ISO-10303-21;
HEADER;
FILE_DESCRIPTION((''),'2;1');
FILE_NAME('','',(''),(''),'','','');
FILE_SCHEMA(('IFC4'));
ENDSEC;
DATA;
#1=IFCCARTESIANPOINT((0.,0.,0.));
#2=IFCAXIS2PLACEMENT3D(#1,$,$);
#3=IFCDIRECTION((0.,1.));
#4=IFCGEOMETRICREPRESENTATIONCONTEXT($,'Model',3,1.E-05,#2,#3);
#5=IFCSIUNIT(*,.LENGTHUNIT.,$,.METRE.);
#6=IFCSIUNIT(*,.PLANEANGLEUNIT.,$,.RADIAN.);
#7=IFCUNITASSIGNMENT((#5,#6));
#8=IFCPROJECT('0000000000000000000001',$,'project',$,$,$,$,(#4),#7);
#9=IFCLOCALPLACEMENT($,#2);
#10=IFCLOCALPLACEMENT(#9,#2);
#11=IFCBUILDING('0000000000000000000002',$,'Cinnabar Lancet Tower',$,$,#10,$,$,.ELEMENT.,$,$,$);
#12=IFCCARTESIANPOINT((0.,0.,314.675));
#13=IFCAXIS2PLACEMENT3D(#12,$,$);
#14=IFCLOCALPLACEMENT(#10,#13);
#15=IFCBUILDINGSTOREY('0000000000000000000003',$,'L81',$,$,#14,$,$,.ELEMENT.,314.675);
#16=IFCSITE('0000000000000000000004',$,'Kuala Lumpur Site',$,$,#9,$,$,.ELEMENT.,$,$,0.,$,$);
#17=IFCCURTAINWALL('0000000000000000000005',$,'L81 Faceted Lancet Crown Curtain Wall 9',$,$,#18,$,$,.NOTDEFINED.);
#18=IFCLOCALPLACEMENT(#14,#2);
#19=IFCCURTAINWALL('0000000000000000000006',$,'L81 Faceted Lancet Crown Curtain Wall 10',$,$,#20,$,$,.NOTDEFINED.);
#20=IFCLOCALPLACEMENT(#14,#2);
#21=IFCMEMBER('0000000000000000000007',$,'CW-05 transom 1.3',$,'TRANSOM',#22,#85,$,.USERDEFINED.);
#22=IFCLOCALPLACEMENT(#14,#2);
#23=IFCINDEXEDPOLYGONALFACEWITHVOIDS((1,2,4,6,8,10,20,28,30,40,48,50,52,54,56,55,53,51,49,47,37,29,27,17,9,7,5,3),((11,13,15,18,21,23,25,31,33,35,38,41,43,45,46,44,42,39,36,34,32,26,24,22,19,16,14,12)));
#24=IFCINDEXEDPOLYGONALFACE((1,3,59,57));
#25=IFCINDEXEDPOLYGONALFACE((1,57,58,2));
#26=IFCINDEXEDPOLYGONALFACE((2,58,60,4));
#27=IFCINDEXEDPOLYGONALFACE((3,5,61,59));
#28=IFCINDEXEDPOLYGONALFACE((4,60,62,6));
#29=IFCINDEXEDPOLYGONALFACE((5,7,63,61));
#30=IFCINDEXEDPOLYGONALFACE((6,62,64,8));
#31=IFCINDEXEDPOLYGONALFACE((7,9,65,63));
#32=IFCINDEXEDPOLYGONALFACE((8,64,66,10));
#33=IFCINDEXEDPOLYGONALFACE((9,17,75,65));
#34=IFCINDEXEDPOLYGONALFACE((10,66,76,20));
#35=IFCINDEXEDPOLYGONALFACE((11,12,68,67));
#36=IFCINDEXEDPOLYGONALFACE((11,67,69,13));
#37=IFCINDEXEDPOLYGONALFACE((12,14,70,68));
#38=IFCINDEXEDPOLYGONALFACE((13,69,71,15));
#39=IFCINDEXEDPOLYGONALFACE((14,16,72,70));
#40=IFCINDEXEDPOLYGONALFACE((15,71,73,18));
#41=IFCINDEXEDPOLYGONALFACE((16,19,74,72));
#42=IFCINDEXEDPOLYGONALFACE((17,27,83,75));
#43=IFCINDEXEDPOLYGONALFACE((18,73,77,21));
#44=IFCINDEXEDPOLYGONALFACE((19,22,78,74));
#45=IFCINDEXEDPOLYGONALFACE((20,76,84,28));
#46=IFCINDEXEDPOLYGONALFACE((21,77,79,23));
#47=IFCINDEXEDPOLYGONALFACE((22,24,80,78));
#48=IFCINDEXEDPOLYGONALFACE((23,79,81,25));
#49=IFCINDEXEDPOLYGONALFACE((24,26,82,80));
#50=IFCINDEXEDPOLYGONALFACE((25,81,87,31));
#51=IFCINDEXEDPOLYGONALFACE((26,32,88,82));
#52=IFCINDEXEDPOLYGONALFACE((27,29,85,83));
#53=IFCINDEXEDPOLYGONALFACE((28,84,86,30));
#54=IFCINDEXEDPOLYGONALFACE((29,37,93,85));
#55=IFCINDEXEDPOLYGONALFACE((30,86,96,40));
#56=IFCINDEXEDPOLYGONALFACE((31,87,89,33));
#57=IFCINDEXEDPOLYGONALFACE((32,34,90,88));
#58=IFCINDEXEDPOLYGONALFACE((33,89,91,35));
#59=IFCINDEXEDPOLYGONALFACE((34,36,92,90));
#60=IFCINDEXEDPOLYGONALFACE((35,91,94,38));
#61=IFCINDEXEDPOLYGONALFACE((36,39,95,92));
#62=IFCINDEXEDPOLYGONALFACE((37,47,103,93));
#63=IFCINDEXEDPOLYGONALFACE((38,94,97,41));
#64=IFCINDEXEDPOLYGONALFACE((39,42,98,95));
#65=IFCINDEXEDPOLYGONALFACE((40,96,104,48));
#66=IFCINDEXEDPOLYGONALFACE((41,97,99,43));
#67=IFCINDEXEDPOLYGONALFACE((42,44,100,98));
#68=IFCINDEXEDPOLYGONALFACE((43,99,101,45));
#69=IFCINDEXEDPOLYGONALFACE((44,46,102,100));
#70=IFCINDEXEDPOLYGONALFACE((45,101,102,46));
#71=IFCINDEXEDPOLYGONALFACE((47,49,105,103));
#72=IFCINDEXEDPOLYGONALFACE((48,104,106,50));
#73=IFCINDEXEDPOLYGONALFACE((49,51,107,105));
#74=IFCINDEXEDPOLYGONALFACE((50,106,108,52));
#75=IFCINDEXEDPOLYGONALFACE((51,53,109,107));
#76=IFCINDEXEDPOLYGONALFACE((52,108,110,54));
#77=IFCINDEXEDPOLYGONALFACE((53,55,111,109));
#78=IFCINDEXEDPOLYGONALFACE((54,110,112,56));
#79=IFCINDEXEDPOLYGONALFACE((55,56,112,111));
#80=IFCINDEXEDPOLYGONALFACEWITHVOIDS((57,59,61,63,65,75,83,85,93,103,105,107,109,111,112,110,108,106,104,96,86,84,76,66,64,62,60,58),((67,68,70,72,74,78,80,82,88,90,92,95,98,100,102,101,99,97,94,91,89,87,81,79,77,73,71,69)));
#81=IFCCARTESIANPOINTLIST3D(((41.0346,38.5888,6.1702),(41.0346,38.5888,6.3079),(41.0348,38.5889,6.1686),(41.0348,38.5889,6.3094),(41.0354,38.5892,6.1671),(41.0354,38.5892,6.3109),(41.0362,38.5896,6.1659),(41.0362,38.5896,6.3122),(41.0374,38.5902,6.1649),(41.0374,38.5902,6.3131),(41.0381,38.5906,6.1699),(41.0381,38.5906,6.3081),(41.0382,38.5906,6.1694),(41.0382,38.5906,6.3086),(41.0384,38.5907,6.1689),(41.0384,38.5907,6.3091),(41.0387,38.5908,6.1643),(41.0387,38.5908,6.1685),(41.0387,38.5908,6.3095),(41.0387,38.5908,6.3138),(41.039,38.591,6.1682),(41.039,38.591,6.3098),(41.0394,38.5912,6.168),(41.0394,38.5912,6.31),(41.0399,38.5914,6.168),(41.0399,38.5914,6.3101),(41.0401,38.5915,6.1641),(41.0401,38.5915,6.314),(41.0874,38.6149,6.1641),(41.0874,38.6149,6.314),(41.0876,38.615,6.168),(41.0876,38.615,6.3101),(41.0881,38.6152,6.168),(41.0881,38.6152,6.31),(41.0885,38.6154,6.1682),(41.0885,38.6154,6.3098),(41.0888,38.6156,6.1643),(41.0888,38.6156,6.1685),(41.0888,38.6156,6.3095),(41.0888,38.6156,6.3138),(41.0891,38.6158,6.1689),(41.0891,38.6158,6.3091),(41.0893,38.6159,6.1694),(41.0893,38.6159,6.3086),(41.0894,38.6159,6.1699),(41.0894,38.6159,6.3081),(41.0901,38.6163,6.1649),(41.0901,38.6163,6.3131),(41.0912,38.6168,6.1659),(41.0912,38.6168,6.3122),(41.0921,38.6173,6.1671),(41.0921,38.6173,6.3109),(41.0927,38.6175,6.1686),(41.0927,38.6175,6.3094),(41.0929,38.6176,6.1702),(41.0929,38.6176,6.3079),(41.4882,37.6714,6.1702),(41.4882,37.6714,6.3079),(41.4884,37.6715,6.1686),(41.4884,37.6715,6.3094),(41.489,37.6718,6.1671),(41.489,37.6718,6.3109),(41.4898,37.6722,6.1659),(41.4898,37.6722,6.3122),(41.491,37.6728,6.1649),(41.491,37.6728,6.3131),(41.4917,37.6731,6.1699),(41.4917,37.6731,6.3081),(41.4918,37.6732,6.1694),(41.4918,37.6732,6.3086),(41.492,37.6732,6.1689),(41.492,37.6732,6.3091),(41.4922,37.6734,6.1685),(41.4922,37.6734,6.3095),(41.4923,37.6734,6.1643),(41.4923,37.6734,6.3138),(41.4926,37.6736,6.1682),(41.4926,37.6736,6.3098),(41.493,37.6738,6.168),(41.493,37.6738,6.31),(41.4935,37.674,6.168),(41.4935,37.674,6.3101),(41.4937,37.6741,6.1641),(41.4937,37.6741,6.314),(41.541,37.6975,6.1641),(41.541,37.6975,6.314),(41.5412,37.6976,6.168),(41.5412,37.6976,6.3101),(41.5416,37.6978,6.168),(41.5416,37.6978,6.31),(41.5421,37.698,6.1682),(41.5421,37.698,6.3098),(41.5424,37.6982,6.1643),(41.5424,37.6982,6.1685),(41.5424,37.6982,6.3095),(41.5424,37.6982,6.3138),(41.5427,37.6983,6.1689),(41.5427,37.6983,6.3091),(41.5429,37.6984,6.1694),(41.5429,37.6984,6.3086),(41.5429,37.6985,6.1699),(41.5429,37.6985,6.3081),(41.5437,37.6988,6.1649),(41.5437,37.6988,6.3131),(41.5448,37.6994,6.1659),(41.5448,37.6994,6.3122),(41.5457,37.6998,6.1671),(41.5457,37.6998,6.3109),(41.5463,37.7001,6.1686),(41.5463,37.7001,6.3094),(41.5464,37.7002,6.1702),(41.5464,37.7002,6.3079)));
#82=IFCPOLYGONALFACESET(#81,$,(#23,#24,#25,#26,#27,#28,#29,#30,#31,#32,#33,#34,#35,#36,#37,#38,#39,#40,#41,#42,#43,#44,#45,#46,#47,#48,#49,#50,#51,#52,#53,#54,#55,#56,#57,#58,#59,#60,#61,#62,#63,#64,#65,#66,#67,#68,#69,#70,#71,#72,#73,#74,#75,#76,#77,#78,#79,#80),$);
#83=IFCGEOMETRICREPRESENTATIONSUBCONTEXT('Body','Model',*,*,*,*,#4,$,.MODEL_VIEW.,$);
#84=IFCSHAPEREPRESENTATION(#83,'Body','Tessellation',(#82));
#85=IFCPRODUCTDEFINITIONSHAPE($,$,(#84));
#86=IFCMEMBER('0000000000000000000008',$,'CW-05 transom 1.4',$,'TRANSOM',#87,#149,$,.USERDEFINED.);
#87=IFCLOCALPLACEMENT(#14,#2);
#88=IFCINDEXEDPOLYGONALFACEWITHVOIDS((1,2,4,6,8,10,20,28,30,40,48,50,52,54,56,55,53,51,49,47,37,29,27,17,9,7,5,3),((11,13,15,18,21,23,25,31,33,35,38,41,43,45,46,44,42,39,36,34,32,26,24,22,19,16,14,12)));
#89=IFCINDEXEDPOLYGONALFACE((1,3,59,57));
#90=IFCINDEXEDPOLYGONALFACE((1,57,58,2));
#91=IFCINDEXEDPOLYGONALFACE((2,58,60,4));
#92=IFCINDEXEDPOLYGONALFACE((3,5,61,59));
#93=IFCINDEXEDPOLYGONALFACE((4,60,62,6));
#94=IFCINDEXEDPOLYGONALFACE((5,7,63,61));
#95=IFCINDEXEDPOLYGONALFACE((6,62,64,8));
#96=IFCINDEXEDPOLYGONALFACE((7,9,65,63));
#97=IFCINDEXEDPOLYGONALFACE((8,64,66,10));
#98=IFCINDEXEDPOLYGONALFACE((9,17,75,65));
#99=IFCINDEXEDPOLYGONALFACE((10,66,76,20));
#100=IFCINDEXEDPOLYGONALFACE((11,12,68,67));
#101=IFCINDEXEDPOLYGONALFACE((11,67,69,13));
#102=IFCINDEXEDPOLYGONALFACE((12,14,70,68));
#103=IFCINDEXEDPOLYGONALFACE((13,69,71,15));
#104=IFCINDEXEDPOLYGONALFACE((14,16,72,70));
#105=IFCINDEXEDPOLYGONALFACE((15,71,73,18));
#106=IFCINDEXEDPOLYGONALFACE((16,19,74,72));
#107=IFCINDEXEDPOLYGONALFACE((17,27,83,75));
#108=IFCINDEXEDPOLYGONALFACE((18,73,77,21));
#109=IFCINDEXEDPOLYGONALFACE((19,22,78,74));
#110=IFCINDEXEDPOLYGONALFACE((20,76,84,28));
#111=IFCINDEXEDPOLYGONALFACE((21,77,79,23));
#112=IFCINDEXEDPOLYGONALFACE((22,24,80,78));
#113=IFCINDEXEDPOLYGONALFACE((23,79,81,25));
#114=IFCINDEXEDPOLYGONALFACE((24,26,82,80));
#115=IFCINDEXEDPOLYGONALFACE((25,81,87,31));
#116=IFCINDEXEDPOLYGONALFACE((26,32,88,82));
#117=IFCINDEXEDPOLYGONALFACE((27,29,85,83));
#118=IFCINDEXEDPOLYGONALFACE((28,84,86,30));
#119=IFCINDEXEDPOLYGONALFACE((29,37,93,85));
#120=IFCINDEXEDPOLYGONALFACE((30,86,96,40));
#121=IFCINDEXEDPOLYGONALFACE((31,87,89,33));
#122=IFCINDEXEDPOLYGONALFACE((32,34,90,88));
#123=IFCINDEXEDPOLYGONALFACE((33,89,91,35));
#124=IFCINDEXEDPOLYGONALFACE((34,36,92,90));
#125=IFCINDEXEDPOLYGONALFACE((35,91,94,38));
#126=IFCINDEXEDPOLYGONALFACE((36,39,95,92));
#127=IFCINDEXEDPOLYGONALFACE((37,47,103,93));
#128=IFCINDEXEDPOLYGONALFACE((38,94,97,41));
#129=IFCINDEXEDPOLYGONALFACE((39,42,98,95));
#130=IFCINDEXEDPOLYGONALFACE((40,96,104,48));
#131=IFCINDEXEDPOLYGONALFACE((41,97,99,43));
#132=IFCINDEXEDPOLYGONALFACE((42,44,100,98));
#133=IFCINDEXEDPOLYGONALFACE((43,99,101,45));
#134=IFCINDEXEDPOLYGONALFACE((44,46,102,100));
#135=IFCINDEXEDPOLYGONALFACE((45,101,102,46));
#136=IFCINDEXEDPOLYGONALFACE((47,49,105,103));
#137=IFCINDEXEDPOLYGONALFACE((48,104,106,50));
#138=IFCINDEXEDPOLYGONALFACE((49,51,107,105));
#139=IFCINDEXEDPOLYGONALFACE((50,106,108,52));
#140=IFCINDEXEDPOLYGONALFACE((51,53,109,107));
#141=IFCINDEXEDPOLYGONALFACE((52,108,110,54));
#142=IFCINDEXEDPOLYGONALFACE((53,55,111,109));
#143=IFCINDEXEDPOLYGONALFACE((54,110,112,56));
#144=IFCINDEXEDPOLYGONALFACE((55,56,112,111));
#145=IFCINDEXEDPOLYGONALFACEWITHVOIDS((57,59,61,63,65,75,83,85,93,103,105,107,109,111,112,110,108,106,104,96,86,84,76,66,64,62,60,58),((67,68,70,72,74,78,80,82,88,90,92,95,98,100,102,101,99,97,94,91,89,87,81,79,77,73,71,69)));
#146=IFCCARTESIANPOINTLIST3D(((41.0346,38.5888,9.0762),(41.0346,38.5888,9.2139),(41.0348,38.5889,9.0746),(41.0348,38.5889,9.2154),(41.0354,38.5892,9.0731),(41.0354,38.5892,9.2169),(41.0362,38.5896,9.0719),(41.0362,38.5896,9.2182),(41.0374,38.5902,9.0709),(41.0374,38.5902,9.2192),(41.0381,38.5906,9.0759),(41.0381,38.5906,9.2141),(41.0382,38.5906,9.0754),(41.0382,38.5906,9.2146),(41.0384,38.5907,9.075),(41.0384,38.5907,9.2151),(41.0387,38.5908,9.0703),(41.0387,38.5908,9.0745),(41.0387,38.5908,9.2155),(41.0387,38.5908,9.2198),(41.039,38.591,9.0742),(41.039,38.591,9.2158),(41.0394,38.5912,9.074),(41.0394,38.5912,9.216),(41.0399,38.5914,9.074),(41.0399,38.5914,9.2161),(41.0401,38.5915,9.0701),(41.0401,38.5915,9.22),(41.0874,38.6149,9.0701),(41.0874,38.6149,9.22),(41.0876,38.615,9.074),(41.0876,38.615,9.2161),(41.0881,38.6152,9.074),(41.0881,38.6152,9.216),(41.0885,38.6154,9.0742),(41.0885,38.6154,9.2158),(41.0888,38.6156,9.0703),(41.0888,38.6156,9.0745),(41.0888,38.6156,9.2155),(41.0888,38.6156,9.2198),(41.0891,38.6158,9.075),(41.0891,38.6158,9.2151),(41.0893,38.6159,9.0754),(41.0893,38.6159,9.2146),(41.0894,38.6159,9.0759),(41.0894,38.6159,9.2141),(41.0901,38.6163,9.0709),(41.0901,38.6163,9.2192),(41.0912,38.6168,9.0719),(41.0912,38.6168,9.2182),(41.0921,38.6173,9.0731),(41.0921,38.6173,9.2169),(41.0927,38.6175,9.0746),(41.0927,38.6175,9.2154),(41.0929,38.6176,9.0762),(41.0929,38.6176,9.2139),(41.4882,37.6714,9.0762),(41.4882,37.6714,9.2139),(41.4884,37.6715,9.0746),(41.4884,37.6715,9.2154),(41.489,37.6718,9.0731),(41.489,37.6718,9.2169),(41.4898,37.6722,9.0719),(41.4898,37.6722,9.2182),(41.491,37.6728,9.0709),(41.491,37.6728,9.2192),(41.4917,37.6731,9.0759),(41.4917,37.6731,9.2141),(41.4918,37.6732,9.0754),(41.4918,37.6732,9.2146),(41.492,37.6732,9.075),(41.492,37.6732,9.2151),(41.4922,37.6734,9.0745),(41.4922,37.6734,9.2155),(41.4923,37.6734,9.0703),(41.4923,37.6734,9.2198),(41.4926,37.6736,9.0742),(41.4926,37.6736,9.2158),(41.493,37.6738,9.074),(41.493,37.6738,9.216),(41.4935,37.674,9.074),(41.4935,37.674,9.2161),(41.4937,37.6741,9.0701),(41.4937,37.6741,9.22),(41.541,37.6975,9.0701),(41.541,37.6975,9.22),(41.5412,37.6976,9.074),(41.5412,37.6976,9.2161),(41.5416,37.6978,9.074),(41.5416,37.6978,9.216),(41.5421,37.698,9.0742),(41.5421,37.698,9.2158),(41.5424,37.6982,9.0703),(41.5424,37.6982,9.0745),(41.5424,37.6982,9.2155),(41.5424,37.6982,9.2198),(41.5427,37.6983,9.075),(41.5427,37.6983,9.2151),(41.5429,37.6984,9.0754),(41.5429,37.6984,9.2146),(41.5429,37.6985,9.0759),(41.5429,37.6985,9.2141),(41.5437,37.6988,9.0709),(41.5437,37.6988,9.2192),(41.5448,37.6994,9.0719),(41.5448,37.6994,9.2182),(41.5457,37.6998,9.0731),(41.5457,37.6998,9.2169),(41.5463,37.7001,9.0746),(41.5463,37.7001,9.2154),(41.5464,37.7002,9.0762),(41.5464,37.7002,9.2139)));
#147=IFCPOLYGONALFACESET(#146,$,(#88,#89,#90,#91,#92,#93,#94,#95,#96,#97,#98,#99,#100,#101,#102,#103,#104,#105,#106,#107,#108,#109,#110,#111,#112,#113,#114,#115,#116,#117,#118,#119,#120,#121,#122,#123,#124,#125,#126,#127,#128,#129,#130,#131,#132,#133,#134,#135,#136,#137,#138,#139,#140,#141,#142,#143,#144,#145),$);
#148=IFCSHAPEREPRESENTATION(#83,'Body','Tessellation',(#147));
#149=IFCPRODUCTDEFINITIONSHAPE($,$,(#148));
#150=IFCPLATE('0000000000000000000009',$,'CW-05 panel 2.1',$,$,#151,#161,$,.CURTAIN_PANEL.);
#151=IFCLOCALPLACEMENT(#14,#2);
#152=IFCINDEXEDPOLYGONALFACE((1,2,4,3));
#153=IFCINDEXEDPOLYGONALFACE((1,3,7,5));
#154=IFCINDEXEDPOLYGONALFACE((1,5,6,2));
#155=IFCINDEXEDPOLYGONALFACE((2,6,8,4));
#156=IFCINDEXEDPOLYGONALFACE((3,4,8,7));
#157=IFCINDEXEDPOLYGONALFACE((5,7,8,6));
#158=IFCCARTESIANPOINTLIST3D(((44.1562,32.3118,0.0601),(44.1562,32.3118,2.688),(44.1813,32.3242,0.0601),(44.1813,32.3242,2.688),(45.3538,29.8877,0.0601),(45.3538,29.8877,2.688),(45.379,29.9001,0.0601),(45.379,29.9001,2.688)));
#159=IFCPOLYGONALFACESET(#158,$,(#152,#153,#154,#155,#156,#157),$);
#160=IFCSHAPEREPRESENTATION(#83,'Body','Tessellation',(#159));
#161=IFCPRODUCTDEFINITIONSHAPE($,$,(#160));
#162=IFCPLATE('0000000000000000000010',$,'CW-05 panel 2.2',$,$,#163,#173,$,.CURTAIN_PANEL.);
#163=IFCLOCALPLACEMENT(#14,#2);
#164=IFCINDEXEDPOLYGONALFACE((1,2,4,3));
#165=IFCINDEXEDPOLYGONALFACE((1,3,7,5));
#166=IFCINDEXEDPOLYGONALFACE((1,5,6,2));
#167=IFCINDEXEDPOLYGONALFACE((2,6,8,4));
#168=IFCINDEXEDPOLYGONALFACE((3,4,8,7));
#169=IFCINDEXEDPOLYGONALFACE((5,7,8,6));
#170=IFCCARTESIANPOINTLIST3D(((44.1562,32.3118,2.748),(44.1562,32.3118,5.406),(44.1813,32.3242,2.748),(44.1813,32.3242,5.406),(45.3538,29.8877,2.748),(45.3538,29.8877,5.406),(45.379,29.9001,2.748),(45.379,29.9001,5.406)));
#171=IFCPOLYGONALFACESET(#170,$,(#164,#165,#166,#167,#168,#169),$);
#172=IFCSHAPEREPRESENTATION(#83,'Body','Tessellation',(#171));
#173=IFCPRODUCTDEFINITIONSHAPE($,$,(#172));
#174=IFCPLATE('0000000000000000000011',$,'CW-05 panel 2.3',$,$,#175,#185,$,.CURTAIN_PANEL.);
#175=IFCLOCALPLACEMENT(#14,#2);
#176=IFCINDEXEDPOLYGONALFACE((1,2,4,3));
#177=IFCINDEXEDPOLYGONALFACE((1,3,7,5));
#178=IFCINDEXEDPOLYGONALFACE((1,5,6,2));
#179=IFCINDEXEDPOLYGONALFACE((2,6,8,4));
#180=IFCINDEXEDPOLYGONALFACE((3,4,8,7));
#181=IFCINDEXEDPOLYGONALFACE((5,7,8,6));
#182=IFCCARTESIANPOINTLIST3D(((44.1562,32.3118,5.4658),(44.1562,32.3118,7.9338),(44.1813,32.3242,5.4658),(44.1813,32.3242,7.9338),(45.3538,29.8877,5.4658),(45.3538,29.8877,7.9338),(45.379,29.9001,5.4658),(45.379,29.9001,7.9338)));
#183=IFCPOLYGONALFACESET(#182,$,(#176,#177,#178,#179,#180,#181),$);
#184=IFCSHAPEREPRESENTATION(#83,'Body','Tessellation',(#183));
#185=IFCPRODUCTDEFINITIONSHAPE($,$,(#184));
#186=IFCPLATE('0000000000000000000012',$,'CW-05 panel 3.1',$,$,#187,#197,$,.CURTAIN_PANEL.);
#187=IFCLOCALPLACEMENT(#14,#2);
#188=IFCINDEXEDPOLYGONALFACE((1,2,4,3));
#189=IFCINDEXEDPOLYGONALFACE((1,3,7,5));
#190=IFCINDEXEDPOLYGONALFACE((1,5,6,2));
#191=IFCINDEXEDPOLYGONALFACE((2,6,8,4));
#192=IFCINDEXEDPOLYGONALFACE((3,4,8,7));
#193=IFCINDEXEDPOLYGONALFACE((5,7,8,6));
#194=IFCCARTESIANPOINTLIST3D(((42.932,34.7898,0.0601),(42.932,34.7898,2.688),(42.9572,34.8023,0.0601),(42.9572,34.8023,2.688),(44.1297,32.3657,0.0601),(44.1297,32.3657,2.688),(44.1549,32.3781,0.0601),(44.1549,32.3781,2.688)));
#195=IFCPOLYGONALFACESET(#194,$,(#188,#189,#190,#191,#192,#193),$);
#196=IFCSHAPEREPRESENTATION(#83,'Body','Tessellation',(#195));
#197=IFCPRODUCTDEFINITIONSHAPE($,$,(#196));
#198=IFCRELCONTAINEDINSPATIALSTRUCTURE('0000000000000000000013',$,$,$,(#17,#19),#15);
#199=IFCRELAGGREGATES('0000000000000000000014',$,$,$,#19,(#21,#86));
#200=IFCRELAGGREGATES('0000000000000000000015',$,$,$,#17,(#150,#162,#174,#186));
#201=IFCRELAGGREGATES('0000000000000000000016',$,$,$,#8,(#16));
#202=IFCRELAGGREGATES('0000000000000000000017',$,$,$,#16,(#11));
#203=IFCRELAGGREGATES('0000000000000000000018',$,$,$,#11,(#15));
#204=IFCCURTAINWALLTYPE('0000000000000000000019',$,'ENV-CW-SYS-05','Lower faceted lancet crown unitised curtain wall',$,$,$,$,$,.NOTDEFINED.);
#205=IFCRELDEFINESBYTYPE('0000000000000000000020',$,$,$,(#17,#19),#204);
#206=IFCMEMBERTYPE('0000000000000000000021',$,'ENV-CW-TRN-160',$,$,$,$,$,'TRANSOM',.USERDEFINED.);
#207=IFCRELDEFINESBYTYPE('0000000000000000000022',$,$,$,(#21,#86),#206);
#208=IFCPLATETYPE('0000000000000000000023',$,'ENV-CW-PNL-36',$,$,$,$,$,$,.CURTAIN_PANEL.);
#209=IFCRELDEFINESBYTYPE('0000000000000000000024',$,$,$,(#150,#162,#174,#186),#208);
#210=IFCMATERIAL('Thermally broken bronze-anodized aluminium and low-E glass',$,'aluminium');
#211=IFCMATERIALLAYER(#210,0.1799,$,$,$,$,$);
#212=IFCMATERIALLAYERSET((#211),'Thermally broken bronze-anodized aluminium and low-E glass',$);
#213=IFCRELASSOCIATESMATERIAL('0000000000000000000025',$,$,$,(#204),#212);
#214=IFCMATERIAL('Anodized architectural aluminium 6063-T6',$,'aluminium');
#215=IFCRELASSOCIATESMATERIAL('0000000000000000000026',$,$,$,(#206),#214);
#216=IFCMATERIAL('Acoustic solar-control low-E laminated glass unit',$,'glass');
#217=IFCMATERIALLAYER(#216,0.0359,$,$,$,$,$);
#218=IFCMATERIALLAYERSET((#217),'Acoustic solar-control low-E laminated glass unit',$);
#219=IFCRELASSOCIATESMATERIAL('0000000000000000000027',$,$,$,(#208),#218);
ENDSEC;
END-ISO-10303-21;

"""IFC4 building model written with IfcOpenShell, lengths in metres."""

from ifc_helpers import new_model, si_unit, direction, frame, origin, origin_2d, place, context, subcontext, project, spatial, rectangle, hollow_rectangle, extrude, material, layer, layer_set, material_profile, profile_set, type_object, element, aggregate, save


model = new_model("IFC4")

# Units and contexts
model_context = context("Model", 3, precision=1e-05, world=origin(), true_north=direction((0.0, 1.0)))
body_context = subcontext(model_context, "Body", "Model", "MODEL_VIEW")
ifc_project = project(units=[si_unit("LENGTHUNIT", "METRE"), si_unit("PLANEANGLEUNIT", "RADIAN")], contexts=[model_context])

# Site, building, storey
site_placement = place(None, origin())
site = spatial("IfcSite", under=ifc_project, at=site_placement, Name="Kuala Lumpur Site", CompositionType="ELEMENT", RefElevation=0.0)
building_placement = place(site_placement, origin())
building = spatial("IfcBuilding", under=site, at=building_placement, Name="Cinnabar Lancet Tower", CompositionType="ELEMENT")
storey_placement = place(building_placement, frame((0.0, 0.0, 314.675)))
storey = spatial("IfcBuildingStorey", under=building, at=storey_placement, Name="L81", CompositionType="ELEMENT", Elevation=314.675)

# Curtain wall
ifc_material_1 = material(Name="Thermally broken bronze-anodized aluminium and low-E glass", Category="aluminium")
ifc_layer_1 = layer(ifc_material_1, 0.1799)
ifc_layer_set_1 = layer_set([ifc_layer_1], Name="Thermally broken bronze-anodized aluminium and low-E glass")
curtain_wall_type = type_object("IfcCurtainWallType", Name="ENV-CW-SYS-05", Description="Lower faceted lancet crown unitised curtain wall", PredefinedType="NOTDEFINED", material=ifc_layer_set_1)
curtain_wall_1_placement = place(storey_placement, origin())
curtain_wall_1 = element("IfcCurtainWall", 1, at=curtain_wall_1_placement, inside=storey, type_object=curtain_wall_type, Name="L81 Faceted Lancet Crown Curtain Wall 9", PredefinedType="NOTDEFINED")

# Curtain wall
curtain_wall_2_placement = place(storey_placement, origin())
curtain_wall_2 = element("IfcCurtainWall", 2, at=curtain_wall_2_placement, inside=storey, type_object=curtain_wall_type, Name="L81 Faceted Lancet Crown Curtain Wall 10", PredefinedType="NOTDEFINED")

# Members
ifc_material_2 = material(Name="Anodized architectural aluminium 6063-T6", Category="aluminium")
ifc_material_profile_1 = material_profile(ifc_material_2, hollow_rectangle(XDim=0.0649, YDim=0.1499, WallThickness=0.0039, InnerFilletRadius=0.002, OuterFilletRadius=0.0061, at=origin_2d()), Name="CW-TRN 150x65x4")
ifc_profile_set_1 = profile_set([ifc_material_profile_1], Name="Anodized architectural aluminium 6063-T6")
member_type_1 = type_object("IfcMemberType", Name="ENV-CW-TRN-160", ElementType="TRANSOM", PredefinedType="USERDEFINED", material=ifc_profile_set_1)
member_1_placement = place(storey_placement, frame((41.5173, 37.6858, 6.239), z_axis=(-0.443202, 0.896422, 0.0), x_axis=(-0.896422, -0.443202, 0.0)))
member_1 = element("IfcMember", 3, at=member_1_placement, type_object=member_type_1, Name="CW-05 transom 1.3", ObjectType="TRANSOM", PredefinedType="USERDEFINED", context=body_context, shape_type="SweptSolid", body=[
    extrude(hollow_rectangle(XDim=0.0649, YDim=0.1499, WallThickness=0.0039, InnerFilletRadius=0.002, OuterFilletRadius=0.0061, at=origin_2d()), origin(), (0.0, 0.0, 1.0), 1.0234),
])
member_2_placement = place(storey_placement, frame((41.5173, 37.6858, 9.145), z_axis=(-0.443202, 0.896422, 0.0), x_axis=(-0.896422, -0.443202, 0.0)))
member_2 = element("IfcMember", 4, at=member_2_placement, type_object=member_type_1, Name="CW-05 transom 1.4", ObjectType="TRANSOM", PredefinedType="USERDEFINED", context=body_context, shape_type="SweptSolid", body=[
    extrude(hollow_rectangle(XDim=0.0649, YDim=0.1499, WallThickness=0.0039, InnerFilletRadius=0.002, OuterFilletRadius=0.0061, at=origin_2d()), origin(), (0.0, 0.0, 1.0), 1.0234),
])
aggregate(curtain_wall_2, [member_1, member_2])

# Plates
ifc_material_3 = material(Name="Acoustic solar-control low-E laminated glass unit", Category="glass")
ifc_layer_2 = layer(ifc_material_3, 0.0359)
ifc_layer_set_2 = layer_set([ifc_layer_2], Name="Acoustic solar-control low-E laminated glass unit")
plate_type = type_object("IfcPlateType", Name="ENV-CW-PNL-36", PredefinedType="CURTAIN_PANEL", material=ifc_layer_set_2)
plate_1_placement = place(storey_placement, frame((44.7676, 31.106, 0.0601), z_axis=(0.0, 0.0, 1.0), x_axis=(-0.442939, 0.896552, 0.0)))
plate_1 = element("IfcPlate", 5, at=plate_1_placement, type_object=plate_type, Name="CW-05 panel 2.1", PredefinedType="CURTAIN_PANEL", context=body_context, shape_type="SweptSolid", body=[
    extrude(rectangle(XDim=2.7039, YDim=0.0281, at=origin_2d()), origin(), (0.0, 0.0, 1.0), 2.6279),
])
plate_2_placement = place(storey_placement, frame((44.7676, 31.106, 2.748), z_axis=(0.0, 0.0, 1.0), x_axis=(-0.442939, 0.896552, 0.0)))
plate_2 = element("IfcPlate", 6, at=plate_2_placement, type_object=plate_type, Name="CW-05 panel 2.2", PredefinedType="CURTAIN_PANEL", context=body_context, shape_type="SweptSolid", body=[
    extrude(rectangle(XDim=2.7039, YDim=0.0281, at=origin_2d()), origin(), (0.0, 0.0, 1.0), 2.658),
])
plate_3_placement = place(storey_placement, frame((44.7676, 31.106, 5.4658), z_axis=(0.0, 0.0, 1.0), x_axis=(-0.442939, 0.896552, 0.0)))
plate_3 = element("IfcPlate", 7, at=plate_3_placement, type_object=plate_type, Name="CW-05 panel 2.3", PredefinedType="CURTAIN_PANEL", context=body_context, shape_type="SweptSolid", body=[
    extrude(rectangle(XDim=2.7039, YDim=0.0281, at=origin_2d()), origin(), (0.0, 0.0, 1.0), 2.468),
])
plate_4_placement = place(storey_placement, frame((43.5435, 33.584, 0.0601), z_axis=(0.0, 0.0, 1.0), x_axis=(-0.442939, 0.896552, 0.0)))
plate_4 = element("IfcPlate", 8, at=plate_4_placement, type_object=plate_type, Name="CW-05 panel 3.1", PredefinedType="CURTAIN_PANEL", context=body_context, shape_type="SweptSolid", body=[
    extrude(rectangle(XDim=2.7039, YDim=0.0281, at=origin_2d()), origin(), (0.0, 0.0, 1.0), 2.6279),
])
aggregate(curtain_wall_1, [plate_1, plate_2, plate_3, plate_4])

save(model, "model.ifc")
